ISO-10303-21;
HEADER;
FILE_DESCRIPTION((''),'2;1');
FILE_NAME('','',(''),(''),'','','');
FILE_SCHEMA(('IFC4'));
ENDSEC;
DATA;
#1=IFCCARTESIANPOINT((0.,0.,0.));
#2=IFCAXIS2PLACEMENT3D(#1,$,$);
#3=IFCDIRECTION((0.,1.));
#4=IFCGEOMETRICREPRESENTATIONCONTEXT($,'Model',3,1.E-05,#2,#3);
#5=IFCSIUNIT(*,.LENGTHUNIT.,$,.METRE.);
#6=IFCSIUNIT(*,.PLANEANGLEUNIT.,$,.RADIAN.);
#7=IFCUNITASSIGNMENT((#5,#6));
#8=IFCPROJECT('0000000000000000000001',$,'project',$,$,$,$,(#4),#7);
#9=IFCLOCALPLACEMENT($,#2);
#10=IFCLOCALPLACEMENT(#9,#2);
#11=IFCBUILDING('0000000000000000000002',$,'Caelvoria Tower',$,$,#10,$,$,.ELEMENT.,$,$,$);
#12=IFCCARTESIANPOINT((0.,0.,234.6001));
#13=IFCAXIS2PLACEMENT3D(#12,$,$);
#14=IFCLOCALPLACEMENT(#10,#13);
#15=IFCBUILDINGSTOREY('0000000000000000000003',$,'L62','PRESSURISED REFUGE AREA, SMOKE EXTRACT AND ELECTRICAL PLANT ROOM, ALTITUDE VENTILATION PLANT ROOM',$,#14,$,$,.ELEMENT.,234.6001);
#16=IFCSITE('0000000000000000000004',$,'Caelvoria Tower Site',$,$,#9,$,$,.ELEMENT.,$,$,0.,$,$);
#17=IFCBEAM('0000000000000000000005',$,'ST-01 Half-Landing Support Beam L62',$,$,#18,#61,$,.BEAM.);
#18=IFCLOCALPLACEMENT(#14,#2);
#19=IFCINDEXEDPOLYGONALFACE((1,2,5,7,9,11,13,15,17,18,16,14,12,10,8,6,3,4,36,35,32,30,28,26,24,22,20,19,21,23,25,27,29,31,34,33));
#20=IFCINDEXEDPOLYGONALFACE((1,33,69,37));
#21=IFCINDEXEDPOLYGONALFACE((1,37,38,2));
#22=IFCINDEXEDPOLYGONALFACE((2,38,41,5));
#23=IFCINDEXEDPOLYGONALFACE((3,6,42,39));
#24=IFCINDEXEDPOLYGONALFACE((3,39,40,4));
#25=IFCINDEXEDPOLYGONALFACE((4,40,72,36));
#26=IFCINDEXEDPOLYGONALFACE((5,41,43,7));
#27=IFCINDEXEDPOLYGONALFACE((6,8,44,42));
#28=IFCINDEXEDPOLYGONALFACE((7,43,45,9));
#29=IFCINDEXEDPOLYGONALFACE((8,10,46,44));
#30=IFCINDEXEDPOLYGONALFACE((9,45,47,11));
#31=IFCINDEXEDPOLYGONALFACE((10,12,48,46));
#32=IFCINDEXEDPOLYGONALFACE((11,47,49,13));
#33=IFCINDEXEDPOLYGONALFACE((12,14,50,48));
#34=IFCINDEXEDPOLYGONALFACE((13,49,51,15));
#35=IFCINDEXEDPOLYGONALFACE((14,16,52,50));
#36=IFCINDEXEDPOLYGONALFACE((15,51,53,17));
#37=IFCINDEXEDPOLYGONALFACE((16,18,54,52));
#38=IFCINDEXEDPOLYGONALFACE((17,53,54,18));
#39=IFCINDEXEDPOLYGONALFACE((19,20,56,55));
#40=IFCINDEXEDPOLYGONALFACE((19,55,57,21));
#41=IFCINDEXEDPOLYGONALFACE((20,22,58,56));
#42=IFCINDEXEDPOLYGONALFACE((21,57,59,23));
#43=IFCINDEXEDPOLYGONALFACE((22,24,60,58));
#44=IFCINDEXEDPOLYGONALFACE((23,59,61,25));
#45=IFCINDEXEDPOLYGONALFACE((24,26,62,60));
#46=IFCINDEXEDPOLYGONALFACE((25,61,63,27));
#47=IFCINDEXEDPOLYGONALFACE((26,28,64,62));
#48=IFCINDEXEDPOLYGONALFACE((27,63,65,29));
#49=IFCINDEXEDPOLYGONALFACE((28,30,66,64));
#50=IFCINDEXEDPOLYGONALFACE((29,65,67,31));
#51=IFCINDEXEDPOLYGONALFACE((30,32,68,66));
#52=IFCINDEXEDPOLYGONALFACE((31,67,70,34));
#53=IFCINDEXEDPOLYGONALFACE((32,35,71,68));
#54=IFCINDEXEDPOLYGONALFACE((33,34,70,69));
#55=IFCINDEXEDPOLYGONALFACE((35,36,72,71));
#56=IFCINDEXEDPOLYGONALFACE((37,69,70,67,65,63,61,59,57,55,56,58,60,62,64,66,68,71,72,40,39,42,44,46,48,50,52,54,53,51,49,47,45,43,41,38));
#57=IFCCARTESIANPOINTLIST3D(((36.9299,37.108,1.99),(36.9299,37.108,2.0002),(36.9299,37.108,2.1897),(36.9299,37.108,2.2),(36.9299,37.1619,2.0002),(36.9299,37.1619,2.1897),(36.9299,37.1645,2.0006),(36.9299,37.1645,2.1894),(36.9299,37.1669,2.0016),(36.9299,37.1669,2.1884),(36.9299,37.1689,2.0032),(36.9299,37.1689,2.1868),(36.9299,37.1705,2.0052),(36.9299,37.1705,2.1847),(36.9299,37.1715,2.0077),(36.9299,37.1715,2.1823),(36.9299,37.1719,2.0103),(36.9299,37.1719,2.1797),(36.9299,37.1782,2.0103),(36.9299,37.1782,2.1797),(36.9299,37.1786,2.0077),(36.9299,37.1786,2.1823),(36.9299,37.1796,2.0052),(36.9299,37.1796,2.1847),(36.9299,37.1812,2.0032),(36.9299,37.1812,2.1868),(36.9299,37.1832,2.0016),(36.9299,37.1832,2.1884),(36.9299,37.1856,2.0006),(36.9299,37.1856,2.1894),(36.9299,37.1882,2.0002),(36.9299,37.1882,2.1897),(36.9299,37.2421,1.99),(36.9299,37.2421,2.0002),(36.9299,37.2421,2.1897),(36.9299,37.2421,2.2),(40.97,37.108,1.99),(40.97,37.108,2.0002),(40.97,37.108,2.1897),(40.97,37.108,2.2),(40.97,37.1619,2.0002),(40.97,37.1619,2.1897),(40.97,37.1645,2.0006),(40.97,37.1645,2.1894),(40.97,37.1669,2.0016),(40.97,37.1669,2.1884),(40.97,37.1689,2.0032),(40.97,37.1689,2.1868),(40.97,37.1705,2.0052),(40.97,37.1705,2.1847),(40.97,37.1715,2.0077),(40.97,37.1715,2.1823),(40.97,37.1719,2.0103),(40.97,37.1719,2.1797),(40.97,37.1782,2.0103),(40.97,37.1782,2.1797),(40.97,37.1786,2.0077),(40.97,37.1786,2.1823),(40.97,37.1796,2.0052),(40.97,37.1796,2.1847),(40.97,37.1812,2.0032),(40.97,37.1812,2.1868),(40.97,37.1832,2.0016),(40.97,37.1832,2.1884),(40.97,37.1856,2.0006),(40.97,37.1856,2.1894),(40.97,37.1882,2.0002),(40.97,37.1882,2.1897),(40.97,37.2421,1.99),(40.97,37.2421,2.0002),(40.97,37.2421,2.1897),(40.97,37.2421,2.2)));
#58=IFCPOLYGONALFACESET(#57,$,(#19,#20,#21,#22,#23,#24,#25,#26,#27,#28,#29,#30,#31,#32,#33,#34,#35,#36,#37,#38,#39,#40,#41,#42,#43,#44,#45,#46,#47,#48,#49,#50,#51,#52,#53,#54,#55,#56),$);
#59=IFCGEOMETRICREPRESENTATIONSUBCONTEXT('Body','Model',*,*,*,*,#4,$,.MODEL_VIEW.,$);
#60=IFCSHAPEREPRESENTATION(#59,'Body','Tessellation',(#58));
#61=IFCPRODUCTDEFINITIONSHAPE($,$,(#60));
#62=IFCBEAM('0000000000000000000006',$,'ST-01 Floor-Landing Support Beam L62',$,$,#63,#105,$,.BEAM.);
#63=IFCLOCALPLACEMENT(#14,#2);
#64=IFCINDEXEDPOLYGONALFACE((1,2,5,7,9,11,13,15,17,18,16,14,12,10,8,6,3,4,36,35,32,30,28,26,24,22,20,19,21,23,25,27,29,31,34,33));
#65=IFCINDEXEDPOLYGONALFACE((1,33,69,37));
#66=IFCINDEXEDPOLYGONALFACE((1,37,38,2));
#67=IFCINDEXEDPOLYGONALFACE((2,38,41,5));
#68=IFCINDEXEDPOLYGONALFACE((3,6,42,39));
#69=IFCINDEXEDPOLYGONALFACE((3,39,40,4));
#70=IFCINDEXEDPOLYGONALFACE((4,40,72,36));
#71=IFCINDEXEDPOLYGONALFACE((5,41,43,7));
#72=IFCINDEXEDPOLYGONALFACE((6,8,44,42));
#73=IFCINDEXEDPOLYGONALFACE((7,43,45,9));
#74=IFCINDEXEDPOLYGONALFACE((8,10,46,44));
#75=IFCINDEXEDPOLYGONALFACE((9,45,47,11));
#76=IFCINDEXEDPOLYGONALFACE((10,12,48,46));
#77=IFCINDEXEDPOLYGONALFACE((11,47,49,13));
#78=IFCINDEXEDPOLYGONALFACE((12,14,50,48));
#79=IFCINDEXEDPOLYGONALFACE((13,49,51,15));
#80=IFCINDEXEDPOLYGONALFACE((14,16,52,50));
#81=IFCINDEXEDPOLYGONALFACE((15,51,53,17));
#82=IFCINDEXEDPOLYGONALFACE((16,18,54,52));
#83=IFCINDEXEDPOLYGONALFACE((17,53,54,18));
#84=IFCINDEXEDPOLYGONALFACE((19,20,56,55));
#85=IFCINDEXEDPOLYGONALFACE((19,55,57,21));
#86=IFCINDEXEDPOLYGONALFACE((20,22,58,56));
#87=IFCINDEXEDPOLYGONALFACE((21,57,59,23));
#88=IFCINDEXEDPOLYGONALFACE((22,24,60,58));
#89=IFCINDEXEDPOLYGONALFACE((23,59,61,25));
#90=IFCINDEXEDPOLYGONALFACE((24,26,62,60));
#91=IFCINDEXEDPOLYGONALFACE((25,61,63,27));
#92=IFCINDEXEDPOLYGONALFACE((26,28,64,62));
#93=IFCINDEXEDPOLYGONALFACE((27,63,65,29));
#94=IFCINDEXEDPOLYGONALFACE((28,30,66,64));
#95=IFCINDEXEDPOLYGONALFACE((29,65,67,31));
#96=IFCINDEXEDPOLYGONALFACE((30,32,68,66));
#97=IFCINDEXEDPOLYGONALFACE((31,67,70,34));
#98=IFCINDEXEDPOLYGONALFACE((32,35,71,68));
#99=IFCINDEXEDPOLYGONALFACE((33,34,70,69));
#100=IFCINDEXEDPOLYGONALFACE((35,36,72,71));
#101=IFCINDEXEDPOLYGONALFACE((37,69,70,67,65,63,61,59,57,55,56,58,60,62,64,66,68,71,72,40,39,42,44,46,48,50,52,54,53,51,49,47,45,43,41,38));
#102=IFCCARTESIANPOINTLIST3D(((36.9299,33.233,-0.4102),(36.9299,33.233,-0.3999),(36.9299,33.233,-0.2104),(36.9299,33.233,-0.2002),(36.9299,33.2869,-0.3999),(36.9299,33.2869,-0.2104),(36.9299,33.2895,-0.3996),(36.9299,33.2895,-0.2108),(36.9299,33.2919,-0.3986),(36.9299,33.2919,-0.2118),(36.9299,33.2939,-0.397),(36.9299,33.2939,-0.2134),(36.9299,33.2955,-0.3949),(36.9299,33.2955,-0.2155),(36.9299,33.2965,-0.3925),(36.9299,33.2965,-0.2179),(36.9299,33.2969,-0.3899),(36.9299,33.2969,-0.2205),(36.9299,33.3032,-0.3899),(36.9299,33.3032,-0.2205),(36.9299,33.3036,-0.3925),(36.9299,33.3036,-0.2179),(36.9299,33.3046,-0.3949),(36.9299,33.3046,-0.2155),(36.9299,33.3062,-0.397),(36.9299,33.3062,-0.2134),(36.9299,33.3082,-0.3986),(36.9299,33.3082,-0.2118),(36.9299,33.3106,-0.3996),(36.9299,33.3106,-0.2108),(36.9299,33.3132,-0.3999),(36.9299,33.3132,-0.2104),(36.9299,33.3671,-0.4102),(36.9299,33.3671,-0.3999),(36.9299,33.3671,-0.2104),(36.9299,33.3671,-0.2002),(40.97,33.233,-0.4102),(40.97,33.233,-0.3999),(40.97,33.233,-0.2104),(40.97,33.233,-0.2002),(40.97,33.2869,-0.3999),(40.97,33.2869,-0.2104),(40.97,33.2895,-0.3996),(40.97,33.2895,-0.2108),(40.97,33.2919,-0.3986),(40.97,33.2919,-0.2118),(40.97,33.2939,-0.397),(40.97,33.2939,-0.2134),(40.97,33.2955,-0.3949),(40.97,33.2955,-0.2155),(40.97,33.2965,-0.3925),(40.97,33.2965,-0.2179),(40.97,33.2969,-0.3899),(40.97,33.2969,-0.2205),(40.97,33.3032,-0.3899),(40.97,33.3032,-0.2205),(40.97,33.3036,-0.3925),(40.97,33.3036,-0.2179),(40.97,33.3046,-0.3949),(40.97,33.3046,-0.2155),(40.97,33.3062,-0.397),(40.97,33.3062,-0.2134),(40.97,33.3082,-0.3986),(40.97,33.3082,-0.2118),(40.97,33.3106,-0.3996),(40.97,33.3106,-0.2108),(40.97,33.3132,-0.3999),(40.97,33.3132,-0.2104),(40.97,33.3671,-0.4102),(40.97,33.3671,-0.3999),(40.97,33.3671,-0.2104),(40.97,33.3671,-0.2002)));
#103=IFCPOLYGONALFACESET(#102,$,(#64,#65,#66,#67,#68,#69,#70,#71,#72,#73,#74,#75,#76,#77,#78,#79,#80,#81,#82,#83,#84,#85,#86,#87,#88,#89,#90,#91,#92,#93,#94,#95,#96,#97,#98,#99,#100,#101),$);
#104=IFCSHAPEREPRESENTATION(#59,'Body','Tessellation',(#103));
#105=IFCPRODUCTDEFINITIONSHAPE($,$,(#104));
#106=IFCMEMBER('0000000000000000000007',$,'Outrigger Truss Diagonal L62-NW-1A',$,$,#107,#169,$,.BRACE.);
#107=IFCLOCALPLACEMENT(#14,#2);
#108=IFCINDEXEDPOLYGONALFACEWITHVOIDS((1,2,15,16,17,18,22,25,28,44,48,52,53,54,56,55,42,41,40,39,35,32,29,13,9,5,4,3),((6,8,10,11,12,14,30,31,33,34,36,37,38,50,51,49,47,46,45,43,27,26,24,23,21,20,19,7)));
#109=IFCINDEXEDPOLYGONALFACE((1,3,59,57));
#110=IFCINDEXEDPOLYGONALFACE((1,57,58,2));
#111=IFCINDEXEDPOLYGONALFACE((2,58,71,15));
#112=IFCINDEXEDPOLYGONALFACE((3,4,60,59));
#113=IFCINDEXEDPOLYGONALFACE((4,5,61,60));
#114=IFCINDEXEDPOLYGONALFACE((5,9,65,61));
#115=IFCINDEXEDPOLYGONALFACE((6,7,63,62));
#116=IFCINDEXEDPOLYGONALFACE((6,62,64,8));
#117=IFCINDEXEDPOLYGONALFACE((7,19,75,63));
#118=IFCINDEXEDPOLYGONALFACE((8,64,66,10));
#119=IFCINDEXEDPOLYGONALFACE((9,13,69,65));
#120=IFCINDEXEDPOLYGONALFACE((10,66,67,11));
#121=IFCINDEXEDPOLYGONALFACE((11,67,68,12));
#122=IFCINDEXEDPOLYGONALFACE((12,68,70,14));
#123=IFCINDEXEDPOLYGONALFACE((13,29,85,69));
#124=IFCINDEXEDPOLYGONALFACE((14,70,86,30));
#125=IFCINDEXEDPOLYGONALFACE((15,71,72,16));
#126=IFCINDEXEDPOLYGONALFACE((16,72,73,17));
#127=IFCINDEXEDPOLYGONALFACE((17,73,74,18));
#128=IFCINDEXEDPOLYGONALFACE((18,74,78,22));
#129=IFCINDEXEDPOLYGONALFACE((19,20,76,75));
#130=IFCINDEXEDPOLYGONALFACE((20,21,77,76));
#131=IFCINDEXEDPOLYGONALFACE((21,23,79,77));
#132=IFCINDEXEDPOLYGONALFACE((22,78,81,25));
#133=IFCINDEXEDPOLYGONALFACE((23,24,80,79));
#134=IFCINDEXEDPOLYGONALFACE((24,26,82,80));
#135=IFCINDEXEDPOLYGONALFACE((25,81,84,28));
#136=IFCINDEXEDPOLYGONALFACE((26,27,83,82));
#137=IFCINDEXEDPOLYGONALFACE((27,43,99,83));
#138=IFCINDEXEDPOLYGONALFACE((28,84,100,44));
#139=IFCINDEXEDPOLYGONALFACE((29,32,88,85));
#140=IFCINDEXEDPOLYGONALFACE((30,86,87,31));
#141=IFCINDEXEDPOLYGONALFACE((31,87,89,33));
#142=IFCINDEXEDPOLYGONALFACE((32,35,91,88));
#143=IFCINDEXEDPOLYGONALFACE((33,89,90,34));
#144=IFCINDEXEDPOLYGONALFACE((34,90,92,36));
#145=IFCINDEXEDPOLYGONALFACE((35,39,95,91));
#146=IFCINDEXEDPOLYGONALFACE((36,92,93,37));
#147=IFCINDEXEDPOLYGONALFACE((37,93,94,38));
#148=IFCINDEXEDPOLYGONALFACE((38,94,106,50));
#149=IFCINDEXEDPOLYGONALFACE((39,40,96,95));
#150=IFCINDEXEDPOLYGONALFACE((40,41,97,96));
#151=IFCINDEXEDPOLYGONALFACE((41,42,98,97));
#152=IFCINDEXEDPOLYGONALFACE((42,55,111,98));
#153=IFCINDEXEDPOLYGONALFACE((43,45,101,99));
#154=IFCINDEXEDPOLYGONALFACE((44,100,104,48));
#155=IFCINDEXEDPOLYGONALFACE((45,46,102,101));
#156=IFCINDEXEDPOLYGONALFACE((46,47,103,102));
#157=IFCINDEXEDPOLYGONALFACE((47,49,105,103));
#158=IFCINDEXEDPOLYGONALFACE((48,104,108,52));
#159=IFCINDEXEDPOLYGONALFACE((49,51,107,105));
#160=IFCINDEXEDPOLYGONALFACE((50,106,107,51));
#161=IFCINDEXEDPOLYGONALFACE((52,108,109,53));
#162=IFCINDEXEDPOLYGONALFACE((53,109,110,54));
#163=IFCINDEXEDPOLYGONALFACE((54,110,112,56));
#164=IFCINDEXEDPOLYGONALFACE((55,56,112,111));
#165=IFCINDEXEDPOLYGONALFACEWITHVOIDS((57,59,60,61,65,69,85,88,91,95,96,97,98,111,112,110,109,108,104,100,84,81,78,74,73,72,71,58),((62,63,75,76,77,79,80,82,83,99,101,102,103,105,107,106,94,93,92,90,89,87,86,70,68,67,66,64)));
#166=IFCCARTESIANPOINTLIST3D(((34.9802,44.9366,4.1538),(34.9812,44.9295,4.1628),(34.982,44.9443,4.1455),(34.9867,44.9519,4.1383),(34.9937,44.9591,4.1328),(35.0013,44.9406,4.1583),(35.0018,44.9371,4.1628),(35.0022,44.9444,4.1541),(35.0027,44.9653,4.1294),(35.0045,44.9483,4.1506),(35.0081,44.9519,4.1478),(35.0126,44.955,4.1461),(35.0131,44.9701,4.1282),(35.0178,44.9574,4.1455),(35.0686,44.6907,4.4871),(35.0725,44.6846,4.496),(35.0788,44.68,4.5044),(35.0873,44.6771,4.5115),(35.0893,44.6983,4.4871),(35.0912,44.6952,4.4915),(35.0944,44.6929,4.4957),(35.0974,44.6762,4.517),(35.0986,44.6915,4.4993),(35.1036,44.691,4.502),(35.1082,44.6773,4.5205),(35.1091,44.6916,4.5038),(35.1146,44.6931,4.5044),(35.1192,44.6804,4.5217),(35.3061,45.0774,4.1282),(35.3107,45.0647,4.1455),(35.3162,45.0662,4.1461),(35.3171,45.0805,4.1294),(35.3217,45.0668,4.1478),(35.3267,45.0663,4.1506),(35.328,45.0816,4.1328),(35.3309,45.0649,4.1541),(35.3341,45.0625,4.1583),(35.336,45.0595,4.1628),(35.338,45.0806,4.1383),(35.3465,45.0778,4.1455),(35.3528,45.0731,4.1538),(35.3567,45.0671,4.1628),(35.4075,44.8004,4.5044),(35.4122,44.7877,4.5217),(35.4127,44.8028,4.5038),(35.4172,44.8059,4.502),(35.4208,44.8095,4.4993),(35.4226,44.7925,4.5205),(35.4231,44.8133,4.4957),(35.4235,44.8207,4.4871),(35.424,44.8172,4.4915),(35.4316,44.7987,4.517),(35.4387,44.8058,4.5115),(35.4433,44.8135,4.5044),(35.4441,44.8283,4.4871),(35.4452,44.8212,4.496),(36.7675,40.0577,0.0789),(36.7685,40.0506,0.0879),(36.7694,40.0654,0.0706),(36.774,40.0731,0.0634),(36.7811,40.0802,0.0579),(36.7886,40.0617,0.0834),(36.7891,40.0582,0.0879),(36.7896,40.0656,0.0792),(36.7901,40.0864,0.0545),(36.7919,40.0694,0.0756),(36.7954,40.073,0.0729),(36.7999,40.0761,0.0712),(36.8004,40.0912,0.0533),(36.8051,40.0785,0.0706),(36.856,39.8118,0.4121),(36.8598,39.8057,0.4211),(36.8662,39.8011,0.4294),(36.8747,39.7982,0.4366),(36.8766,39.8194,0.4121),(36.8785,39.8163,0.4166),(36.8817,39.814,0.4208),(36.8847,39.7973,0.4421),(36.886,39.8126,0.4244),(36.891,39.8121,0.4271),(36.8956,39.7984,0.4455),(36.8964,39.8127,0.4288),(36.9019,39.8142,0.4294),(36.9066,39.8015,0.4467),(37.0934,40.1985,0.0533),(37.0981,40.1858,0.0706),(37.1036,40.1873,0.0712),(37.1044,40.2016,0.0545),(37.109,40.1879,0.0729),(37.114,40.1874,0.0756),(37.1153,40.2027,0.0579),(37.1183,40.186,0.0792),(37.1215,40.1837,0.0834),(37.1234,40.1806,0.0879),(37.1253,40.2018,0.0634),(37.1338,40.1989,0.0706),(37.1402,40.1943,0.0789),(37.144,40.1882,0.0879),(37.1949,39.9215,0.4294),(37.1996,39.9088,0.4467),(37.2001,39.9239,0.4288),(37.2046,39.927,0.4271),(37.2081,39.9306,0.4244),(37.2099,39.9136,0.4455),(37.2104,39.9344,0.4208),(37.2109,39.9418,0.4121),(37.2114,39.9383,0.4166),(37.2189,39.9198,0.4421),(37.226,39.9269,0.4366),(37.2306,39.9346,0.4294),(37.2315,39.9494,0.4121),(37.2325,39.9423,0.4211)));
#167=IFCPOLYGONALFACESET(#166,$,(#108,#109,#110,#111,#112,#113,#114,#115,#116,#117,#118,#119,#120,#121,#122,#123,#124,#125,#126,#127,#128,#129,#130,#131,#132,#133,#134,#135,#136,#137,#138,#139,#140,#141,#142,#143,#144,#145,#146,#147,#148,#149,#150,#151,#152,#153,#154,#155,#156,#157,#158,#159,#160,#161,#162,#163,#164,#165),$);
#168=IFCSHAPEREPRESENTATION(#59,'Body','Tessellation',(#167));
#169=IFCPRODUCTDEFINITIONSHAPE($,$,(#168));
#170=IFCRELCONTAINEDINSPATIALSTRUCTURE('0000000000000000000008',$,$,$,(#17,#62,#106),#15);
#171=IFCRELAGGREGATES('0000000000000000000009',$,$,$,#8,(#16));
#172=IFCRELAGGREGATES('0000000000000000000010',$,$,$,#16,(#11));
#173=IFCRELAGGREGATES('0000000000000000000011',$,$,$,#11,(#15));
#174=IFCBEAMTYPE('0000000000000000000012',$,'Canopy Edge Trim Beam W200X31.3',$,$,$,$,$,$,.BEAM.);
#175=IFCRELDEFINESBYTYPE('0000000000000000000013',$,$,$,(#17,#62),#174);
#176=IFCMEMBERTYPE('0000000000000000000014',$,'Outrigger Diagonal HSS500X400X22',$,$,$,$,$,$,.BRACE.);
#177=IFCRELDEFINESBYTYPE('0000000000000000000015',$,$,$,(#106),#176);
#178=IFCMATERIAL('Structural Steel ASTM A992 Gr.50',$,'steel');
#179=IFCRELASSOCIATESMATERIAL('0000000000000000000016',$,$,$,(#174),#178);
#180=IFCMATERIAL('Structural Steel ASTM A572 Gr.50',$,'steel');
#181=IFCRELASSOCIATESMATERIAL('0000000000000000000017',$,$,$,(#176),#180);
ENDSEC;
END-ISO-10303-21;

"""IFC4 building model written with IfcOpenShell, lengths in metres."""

from ifc_helpers import new_model, si_unit, direction, frame, origin, origin_2d, place, context, subcontext, project, spatial, hollow_rectangle, i_section, extrude, material, material_profile, profile_set, type_object, element, save


model = new_model("IFC4")

# Units and contexts
model_context = context("Model", 3, precision=1e-05, world=origin(), true_north=direction((0.0, 1.0)))
body_context = subcontext(model_context, "Body", "Model", "MODEL_VIEW")
ifc_project = project(units=[si_unit("LENGTHUNIT", "METRE"), si_unit("PLANEANGLEUNIT", "RADIAN")], contexts=[model_context])

# Site, building, storey
site_placement = place(None, origin())
site = spatial("IfcSite", under=ifc_project, at=site_placement, Name="Caelvoria Tower Site", CompositionType="ELEMENT", RefElevation=0.0)
building_placement = place(site_placement, origin())
building = spatial("IfcBuilding", under=site, at=building_placement, Name="Caelvoria Tower", CompositionType="ELEMENT")
storey_placement = place(building_placement, frame((0.0, 0.0, 234.6001)))
storey = spatial("IfcBuildingStorey", under=building, at=storey_placement, Name="L62", Description="PRESSURISED REFUGE AREA, SMOKE EXTRACT AND ELECTRICAL PLANT ROOM, ALTITUDE VENTILATION PLANT ROOM", CompositionType="ELEMENT", Elevation=234.6001)

# Beams
ifc_material_1 = material(Name="Structural Steel ASTM A992 Gr.50", Category="steel")
ifc_material_profile_1 = material_profile(ifc_material_1, i_section(OverallWidth=0.134, OverallDepth=0.21, WebThickness=0.0063, FlangeThickness=0.0103, FilletRadius=0.01, at=origin_2d()), Name="Structural Steel ASTM A992 Gr.50")
ifc_profile_set_1 = profile_set([ifc_material_profile_1], Name="W200X31.3 - Structural Steel ASTM A992 Gr.50")
beam_type_1 = type_object("IfcBeamType", Name="Canopy Edge Trim Beam W200X31.3", PredefinedType="BEAM", material=ifc_profile_set_1)
for number, where, z_axis, x_axis, name in (
    (1, (36.9299, 37.175, 2.095), (1.0, 0.0, 0.0), (0.0, 1.0, 0.0), "ST-01 Half-Landing Support Beam L62"),
    (2, (36.9299, 33.3, -0.3052), (1.0, 0.0, 0.0), (0.0, 1.0, 0.0), "ST-01 Floor-Landing Support Beam L62"),
):
    element("IfcBeam", number, at=place(storey_placement, frame(where, z_axis=z_axis, x_axis=x_axis)), inside=storey, type_object=beam_type_1, Name=name, PredefinedType="BEAM", context=body_context, shape_type="SweptSolid", body=[
        extrude(i_section(OverallWidth=0.134, OverallDepth=0.21, WebThickness=0.0063, FlangeThickness=0.0103, FilletRadius=0.01, at=origin_2d()), origin(), (0.0, 0.0, 1.0), 4.04),
    ])

# Member
ifc_material_2 = material(Name="Structural Steel ASTM A572 Gr.50", Category="steel")
ifc_material_profile_2 = material_profile(ifc_material_2, hollow_rectangle(XDim=0.3999, YDim=0.5, WallThickness=0.022, InnerFilletRadius=0.022, OuterFilletRadius=0.0439, at=origin_2d()), Name="Structural Steel ASTM A572 Gr.50")
ifc_profile_set_2 = profile_set([ifc_material_profile_2], Name="HSS500X400X22 - Structural Steel ASTM A572 Gr.50")
member_type = type_object("IfcMemberType", Name="Outrigger Diagonal HSS500X400X22", PredefinedType="BRACE", material=ifc_profile_set_2)
member_placement = place(storey_placement, frame((37.0, 40.0, 0.25), z_axis=(-0.270676, 0.738859, 0.617108), x_axis=(-0.938974, -0.343987, 0.0)))
element("IfcMember", 3, at=member_placement, inside=storey, type_object=member_type, Name="Outrigger Truss Diagonal L62-NW-1A", PredefinedType="BRACE", context=body_context, shape_type="SweptSolid", body=[
    extrude(hollow_rectangle(XDim=0.3999, YDim=0.5, WallThickness=0.022, InnerFilletRadius=0.022, OuterFilletRadius=0.0439, at=origin_2d()), origin(), (0.0, 0.0, 1.0), 6.6033),
])

save(model, "model.ifc")
